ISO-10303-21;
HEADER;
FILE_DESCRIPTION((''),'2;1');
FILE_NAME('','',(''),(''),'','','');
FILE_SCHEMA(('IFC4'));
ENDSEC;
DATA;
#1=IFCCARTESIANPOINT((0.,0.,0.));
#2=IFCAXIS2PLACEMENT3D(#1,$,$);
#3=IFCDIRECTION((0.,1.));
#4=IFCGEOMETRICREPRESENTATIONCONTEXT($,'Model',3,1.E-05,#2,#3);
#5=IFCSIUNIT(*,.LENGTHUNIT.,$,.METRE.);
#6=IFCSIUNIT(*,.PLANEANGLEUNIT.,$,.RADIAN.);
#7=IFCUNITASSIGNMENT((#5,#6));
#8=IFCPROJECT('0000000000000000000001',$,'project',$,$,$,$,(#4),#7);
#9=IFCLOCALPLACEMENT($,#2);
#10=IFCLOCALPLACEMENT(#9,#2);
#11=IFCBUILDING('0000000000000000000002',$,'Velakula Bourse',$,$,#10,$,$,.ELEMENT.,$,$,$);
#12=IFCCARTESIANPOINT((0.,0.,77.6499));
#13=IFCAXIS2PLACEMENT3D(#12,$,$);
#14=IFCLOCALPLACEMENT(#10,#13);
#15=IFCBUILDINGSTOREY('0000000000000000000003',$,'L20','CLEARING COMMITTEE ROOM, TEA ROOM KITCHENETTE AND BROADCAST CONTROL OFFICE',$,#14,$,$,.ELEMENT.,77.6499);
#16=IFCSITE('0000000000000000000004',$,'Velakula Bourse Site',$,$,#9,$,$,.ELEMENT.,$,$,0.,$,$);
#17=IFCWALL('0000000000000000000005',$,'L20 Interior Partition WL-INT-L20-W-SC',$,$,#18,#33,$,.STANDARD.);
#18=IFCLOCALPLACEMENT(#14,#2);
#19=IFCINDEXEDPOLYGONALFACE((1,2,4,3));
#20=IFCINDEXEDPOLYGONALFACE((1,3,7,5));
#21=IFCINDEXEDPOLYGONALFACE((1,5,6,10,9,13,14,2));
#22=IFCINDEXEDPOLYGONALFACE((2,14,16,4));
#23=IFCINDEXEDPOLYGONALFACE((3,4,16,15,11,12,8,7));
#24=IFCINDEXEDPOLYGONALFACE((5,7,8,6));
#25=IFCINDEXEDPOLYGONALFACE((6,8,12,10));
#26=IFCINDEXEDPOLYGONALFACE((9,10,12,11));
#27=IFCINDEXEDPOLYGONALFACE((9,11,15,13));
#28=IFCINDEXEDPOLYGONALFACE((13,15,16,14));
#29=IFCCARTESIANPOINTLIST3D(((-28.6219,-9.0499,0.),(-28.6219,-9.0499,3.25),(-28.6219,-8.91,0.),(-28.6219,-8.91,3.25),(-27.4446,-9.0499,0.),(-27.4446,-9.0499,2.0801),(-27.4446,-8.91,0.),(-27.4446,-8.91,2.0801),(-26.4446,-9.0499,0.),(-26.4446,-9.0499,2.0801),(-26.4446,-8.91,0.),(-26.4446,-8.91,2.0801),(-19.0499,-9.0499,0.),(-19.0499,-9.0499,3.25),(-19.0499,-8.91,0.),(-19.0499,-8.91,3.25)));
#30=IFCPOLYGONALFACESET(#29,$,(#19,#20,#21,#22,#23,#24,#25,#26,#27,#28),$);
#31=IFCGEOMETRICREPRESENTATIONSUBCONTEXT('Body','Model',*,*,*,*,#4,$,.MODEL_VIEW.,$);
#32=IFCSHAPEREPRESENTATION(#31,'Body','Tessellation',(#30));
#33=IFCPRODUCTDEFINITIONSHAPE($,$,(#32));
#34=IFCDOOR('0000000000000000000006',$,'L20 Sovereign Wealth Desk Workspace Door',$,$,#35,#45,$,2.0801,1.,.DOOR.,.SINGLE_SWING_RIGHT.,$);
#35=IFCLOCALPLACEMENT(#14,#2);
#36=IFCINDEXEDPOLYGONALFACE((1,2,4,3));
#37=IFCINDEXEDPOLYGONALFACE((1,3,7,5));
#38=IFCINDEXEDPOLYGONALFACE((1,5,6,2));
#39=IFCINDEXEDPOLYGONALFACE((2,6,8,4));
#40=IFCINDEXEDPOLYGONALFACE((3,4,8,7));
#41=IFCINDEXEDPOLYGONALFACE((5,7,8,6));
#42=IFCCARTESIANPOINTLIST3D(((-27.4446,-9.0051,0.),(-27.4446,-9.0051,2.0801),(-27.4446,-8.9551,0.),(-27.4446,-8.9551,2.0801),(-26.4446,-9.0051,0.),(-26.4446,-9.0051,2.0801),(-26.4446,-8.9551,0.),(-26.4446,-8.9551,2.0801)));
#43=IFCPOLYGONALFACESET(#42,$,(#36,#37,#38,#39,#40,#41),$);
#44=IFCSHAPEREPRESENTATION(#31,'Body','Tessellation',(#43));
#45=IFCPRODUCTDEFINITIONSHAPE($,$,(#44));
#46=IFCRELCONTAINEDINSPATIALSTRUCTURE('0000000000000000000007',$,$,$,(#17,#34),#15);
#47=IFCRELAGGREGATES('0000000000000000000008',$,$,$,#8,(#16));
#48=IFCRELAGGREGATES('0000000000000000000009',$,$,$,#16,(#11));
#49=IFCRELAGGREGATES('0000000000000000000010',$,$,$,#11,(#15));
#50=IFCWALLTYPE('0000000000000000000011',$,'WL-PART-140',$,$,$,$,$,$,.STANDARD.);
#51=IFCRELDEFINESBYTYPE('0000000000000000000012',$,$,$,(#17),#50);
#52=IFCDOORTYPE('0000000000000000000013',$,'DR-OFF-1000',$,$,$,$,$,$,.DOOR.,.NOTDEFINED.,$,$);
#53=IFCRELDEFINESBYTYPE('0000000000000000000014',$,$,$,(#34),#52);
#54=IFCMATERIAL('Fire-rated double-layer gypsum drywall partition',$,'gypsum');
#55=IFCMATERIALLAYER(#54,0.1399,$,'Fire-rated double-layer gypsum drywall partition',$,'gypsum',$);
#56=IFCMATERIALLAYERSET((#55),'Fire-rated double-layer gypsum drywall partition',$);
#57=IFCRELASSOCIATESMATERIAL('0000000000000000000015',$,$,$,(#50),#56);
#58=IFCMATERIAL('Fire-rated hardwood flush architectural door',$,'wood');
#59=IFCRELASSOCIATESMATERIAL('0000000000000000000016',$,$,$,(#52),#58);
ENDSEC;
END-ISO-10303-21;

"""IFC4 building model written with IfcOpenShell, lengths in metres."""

from ifc_helpers import new_model, si_unit, direction, frame, frame_2d, origin, place, context, subcontext, project, spatial, rectangle, extrude, material, layer, layer_set, type_object, element, fill, save


model = new_model("IFC4")

# Units and contexts
model_context = context("Model", 3, precision=1e-05, world=origin(), true_north=direction((0.0, 1.0)))
body_context = subcontext(model_context, "Body", "Model", "MODEL_VIEW")
ifc_project = project(units=[si_unit("LENGTHUNIT", "METRE"), si_unit("PLANEANGLEUNIT", "RADIAN")], contexts=[model_context])

# Site, building, storey
site_placement = place(None, origin())
site = spatial("IfcSite", under=ifc_project, at=site_placement, Name="Velakula Bourse Site", CompositionType="ELEMENT", RefElevation=0.0)
building_placement = place(site_placement, origin())
building = spatial("IfcBuilding", under=site, at=building_placement, Name="Velakula Bourse", CompositionType="ELEMENT")
storey_placement = place(building_placement, frame((0.0, 0.0, 77.6499)))
storey = spatial("IfcBuildingStorey", under=building, at=storey_placement, Name="L20", Description="CLEARING COMMITTEE ROOM, TEA ROOM KITCHENETTE AND BROADCAST CONTROL OFFICE", CompositionType="ELEMENT", Elevation=77.6499)

# Shared definitions
ifc_material_1 = material(Name="Fire-rated double-layer gypsum drywall partition", Category="gypsum")
ifc_layer_1 = layer(ifc_material_1, 0.1399, Name="Fire-rated double-layer gypsum drywall partition", Category="gypsum")
ifc_layer_set_1 = layer_set([ifc_layer_1], Name="Fire-rated double-layer gypsum drywall partition")
wall_type_1 = type_object("IfcWallType", Name="WL-PART-140", PredefinedType="STANDARD", material=ifc_layer_set_1)
ifc_material_2 = material(Name="Fire-rated hardwood flush architectural door", Category="wood")
door_type_1 = type_object("IfcDoorType", Name="DR-OFF-1000", OperationType="NOTDEFINED", PredefinedType="DOOR", material=ifc_material_2)

# Wall, opening, door
wall_1_placement = place(storey_placement, frame((-28.6221, -8.98, 0.0), z_axis=(0.0, 0.0, 1.0), x_axis=(1.0, 0.0, 0.0)))
wall_1 = element("IfcWall", 1, at=wall_1_placement, inside=storey, type_object=wall_type_1, Name="L20 Interior Partition WL-INT-L20-W-SC", PredefinedType="STANDARD", context=body_context, shape_type="SweptSolid", body=[
    extrude(rectangle(XDim=9.572, YDim=0.1399, at=frame_2d((4.7861, 0.0))), origin(), (0.0, 0.0, 1.0), 3.25),
])
opening_1_placement = place(wall_1_placement, frame((1.1775, 0.0, 0.0)))
opening_1 = element("IfcOpeningElement", 2, at=opening_1_placement, cuts=wall_1, PredefinedType="OPENING", context=body_context, shape_type="SweptSolid", body=[
    extrude(rectangle(XDim=1.0, YDim=2.0801, at=frame_2d((0.5, 1.04))), frame((0.0, 0.0798, 0.0), z_axis=(0.0, -1.0, 0.0), x_axis=(1.0, 0.0, 0.0)), (0.0, 0.0, 1.0), 0.1599),
])
door_1_placement = place(opening_1_placement, origin())
door_1 = element("IfcDoor", 3, at=door_1_placement, inside=storey, type_object=door_type_1, Name="L20 Sovereign Wealth Desk Workspace Door", OperationType="SINGLE_SWING_RIGHT", OverallHeight=2.0801, OverallWidth=1.0, PredefinedType="DOOR", context=body_context, shape_type="SweptSolid", body=[
    extrude(rectangle(XDim=1.0, YDim=2.0801, at=frame_2d((0.5, 1.04))), frame((0.0, 0.0249, 0.0), z_axis=(0.0, -1.0, 0.0), x_axis=(1.0, 0.0, 0.0)), (0.0, 0.0, 1.0), 0.05),
])
fill(opening_1, door_1)

save(model, "model.ifc")
